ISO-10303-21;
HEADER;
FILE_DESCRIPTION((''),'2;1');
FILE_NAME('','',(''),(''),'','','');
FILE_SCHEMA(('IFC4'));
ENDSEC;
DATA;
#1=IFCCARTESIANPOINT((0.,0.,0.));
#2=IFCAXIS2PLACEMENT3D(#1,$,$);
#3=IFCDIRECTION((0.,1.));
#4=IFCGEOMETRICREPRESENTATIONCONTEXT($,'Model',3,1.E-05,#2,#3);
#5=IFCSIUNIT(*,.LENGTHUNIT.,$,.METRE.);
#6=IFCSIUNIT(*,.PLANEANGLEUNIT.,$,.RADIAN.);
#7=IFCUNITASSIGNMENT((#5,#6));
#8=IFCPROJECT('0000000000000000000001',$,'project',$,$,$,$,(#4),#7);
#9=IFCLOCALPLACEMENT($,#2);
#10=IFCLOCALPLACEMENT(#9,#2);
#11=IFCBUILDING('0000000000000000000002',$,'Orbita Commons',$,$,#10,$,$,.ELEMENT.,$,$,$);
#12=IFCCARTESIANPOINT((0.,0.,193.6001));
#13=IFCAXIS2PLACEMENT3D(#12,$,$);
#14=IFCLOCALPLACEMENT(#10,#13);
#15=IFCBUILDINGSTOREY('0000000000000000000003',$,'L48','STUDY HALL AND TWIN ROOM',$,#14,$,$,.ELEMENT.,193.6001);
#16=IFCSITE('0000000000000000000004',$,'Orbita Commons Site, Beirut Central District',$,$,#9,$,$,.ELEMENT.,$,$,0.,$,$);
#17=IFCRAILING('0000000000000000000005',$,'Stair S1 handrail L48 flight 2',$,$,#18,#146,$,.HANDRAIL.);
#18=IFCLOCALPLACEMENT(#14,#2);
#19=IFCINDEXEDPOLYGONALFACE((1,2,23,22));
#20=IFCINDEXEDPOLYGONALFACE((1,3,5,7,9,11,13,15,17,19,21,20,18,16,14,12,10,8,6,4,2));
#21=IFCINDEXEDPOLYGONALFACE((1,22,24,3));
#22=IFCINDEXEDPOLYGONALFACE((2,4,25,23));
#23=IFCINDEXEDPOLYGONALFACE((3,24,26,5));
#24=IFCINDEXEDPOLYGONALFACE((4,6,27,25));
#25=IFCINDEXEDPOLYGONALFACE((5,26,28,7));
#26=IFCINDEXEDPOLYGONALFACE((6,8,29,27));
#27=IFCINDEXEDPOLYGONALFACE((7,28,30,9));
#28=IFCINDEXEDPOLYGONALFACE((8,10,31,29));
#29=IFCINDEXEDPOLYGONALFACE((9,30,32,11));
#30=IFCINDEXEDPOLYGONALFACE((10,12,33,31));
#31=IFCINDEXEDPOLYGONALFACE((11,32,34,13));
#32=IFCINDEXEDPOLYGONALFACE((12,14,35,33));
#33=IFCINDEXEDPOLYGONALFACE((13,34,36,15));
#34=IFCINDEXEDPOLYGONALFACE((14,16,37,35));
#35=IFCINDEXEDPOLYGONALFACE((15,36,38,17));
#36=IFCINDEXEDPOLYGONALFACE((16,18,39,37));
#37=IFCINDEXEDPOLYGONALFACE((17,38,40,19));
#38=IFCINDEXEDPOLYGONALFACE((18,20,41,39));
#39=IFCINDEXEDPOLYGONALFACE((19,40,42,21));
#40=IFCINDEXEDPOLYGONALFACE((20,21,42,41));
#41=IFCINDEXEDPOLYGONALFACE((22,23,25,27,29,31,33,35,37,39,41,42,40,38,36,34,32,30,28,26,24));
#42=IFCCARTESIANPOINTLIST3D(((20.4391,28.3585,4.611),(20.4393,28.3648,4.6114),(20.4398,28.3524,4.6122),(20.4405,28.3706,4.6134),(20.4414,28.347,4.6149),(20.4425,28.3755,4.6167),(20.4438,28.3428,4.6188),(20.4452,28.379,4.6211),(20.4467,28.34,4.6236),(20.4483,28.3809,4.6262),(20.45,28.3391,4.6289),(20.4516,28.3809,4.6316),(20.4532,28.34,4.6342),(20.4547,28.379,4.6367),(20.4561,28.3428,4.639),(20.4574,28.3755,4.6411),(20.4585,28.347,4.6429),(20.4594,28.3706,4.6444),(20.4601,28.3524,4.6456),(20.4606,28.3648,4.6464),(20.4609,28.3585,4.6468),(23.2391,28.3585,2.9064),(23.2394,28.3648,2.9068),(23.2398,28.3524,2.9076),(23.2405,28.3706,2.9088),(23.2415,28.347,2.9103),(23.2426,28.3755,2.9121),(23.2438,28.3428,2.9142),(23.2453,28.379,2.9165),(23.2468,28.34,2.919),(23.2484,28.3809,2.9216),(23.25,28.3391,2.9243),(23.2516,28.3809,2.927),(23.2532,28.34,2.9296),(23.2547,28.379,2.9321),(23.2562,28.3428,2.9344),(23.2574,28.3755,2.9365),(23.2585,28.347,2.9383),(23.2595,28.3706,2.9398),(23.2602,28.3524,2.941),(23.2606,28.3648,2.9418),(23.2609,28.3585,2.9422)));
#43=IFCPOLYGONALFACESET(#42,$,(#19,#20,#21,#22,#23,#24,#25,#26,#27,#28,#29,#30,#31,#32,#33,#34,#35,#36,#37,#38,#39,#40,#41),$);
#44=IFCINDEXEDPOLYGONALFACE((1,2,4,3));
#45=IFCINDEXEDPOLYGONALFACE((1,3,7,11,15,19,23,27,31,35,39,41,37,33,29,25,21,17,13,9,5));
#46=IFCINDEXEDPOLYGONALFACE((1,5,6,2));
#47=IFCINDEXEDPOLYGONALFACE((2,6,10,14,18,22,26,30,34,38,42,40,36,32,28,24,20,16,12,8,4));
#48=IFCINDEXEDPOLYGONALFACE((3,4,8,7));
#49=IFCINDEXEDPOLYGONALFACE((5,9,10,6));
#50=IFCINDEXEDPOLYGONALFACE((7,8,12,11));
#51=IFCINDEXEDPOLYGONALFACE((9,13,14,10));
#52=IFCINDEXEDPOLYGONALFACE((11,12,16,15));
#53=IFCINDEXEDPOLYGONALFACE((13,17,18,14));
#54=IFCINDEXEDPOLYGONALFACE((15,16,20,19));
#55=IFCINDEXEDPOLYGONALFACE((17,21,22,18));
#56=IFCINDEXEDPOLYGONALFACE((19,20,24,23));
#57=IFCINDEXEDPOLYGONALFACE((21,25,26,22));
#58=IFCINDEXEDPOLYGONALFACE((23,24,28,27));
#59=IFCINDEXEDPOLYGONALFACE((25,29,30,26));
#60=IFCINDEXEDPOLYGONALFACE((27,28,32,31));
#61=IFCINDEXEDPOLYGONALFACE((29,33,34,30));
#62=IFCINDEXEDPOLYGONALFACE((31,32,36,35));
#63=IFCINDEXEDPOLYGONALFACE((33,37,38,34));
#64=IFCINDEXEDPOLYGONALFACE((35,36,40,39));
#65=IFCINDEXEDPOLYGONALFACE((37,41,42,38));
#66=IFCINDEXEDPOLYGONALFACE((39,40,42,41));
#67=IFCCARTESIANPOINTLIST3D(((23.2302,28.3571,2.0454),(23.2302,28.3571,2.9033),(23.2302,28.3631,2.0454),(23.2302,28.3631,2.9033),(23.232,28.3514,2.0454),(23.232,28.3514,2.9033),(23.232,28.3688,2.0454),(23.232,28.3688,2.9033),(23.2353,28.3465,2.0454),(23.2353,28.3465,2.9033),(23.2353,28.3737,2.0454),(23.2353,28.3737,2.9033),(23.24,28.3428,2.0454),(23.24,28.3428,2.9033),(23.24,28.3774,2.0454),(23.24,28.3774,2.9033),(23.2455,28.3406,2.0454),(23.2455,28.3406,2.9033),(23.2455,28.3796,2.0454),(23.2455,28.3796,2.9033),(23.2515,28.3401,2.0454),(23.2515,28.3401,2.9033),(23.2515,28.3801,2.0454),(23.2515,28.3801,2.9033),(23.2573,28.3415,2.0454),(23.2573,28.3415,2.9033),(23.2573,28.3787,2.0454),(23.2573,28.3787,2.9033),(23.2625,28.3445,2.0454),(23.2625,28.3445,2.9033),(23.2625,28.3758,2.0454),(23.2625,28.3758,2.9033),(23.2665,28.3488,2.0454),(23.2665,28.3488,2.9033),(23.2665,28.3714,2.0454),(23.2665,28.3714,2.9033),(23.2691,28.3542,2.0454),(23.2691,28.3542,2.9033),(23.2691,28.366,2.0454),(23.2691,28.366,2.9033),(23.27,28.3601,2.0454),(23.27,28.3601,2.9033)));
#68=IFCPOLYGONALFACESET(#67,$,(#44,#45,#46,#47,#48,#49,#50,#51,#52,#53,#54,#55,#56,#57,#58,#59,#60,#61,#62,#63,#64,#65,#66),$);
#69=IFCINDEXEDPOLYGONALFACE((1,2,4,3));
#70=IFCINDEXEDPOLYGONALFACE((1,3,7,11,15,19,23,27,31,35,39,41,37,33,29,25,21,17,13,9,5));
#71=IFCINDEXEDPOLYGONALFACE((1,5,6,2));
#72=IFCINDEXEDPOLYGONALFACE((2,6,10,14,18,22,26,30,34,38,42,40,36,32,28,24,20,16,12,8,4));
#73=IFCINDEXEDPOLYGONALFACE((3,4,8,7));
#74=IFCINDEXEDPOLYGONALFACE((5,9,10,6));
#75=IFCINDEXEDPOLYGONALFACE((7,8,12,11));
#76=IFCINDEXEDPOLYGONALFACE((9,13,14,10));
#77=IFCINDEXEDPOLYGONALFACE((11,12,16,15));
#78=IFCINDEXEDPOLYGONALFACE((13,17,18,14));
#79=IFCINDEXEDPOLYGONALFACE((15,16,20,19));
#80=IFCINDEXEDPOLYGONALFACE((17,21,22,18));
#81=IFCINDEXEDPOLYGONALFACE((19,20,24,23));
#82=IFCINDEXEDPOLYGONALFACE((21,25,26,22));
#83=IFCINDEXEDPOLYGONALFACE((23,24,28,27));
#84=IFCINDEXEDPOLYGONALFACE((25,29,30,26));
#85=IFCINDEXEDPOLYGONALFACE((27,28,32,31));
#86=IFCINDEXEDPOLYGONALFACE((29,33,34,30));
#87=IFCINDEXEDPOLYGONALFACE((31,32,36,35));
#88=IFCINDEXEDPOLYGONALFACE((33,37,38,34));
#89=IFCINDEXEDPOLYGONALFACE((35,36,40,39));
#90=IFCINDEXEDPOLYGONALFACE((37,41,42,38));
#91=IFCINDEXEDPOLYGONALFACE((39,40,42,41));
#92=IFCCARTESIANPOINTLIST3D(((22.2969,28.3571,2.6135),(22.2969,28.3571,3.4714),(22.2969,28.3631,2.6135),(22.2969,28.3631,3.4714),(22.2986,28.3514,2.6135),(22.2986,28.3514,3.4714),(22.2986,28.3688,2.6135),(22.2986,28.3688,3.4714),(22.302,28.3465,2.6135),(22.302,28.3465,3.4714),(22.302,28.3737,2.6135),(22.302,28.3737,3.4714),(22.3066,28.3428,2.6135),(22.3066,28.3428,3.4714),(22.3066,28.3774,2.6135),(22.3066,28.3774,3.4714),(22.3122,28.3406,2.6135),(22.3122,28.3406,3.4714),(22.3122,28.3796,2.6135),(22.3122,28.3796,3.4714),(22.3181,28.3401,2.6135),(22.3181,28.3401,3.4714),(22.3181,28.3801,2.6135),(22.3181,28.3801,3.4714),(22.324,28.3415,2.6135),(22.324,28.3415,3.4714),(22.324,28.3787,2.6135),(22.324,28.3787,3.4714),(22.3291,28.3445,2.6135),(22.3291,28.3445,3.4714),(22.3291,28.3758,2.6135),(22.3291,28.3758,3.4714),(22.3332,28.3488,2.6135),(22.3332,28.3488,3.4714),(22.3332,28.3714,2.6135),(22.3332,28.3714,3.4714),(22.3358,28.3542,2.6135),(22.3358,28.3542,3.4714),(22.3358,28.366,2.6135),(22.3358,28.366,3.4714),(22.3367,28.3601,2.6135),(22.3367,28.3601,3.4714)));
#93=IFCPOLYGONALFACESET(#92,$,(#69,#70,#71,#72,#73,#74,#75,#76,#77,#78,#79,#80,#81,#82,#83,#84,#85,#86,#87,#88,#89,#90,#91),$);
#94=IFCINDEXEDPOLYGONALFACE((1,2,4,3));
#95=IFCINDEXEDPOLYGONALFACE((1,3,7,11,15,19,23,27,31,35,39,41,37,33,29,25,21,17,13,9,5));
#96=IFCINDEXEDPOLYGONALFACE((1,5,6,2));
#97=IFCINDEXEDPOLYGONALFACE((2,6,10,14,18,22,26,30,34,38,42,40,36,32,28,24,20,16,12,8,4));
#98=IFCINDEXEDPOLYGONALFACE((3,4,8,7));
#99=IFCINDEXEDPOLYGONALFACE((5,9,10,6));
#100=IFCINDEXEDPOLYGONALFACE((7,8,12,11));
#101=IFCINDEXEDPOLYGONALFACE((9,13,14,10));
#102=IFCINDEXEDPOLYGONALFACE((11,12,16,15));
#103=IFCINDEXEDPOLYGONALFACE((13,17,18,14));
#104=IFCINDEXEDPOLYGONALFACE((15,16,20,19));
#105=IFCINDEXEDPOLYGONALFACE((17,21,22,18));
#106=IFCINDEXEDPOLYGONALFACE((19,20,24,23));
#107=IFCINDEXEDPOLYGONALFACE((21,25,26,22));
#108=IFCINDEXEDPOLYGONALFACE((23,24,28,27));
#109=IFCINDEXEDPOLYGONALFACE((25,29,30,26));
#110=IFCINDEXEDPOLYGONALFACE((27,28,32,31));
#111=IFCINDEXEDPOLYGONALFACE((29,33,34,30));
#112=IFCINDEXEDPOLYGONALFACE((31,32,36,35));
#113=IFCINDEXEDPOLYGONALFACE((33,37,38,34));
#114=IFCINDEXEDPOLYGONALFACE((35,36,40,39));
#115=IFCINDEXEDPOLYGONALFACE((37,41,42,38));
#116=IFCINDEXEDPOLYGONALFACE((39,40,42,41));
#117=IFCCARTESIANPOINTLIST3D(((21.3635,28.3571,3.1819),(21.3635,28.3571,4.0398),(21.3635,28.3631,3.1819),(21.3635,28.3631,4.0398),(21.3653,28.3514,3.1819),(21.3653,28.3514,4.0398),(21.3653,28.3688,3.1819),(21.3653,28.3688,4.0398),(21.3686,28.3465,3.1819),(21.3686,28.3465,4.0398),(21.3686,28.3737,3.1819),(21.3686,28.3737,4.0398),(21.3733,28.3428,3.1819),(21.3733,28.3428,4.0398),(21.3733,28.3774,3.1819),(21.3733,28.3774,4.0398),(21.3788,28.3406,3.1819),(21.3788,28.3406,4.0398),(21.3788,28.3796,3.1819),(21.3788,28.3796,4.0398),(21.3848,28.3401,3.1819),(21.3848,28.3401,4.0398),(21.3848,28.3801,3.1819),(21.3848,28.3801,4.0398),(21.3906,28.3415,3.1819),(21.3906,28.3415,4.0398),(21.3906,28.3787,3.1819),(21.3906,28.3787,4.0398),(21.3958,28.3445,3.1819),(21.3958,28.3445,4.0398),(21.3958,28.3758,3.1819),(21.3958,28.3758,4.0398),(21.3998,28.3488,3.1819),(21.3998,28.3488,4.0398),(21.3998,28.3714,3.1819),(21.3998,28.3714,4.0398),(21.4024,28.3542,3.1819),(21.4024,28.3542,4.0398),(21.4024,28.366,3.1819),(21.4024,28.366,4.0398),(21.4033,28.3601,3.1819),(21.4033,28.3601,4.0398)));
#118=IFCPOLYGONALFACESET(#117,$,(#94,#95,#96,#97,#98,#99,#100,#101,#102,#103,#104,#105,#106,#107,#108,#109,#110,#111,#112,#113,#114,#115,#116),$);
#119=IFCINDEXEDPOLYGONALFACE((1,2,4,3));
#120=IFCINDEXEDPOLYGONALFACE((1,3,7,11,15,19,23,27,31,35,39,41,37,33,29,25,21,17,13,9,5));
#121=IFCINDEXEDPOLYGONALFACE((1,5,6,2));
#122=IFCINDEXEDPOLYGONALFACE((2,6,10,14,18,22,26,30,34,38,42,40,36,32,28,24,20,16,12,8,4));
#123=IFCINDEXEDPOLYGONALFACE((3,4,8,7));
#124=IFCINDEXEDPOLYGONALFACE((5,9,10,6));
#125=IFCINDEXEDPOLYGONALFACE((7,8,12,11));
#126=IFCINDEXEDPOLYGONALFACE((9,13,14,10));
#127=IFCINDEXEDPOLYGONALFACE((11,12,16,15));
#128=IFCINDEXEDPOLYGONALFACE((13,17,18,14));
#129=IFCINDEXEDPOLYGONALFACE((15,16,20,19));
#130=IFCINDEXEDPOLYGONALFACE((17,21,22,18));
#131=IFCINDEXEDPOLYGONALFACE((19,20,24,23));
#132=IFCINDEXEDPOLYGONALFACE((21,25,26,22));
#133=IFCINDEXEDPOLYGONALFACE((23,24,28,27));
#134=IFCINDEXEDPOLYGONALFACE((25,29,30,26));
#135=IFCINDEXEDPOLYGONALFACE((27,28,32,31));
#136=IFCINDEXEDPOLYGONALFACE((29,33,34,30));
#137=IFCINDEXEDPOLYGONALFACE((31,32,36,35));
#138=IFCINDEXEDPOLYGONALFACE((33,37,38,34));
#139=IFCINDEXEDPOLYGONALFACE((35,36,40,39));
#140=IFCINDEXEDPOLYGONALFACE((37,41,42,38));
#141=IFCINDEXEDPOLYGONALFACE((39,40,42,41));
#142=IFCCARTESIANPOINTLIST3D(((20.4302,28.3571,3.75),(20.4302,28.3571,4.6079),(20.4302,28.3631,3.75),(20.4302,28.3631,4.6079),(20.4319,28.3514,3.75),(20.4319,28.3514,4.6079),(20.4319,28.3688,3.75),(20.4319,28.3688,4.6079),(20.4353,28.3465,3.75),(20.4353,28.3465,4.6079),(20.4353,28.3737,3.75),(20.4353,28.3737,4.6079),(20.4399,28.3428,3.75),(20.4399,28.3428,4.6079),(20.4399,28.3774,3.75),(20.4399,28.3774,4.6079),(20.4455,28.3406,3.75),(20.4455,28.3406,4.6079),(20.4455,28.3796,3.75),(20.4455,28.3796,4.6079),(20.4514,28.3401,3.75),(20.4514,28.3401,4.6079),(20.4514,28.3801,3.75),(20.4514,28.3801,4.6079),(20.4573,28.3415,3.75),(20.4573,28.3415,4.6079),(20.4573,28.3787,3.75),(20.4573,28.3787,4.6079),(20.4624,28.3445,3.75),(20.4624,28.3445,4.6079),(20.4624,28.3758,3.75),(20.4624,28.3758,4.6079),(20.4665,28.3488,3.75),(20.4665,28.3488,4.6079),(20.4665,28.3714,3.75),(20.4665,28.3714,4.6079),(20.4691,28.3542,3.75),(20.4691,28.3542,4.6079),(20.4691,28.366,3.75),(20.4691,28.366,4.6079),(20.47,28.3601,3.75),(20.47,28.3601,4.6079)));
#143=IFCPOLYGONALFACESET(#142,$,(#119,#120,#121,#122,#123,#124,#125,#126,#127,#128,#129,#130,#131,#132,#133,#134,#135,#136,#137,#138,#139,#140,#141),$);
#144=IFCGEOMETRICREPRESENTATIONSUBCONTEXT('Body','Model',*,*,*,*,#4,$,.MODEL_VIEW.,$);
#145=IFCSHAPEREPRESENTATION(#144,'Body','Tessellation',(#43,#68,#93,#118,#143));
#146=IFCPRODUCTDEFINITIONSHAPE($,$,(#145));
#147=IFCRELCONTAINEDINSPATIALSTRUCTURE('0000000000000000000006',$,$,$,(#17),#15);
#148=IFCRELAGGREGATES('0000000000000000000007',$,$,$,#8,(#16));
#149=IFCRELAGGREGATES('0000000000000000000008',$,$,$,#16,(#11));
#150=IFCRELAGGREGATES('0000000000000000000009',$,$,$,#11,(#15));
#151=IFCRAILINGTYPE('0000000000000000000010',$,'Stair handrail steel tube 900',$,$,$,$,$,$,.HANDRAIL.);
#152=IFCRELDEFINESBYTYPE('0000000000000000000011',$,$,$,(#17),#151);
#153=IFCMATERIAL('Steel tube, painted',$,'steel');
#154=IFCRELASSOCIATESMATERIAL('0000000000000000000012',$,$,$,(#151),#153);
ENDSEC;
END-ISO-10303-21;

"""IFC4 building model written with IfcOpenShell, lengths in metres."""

from ifc_helpers import new_model, si_unit, direction, frame, origin, origin_2d, place, context, subcontext, project, spatial, circle, extrude, material, type_object, element, save


model = new_model("IFC4")

# Units and contexts
model_context = context("Model", 3, precision=1e-05, world=origin(), true_north=direction((0.0, 1.0)))
body_context = subcontext(model_context, "Body", "Model", "MODEL_VIEW")
ifc_project = project(units=[si_unit("LENGTHUNIT", "METRE"), si_unit("PLANEANGLEUNIT", "RADIAN")], contexts=[model_context])

# Site, building, storey
site_placement = place(None, origin())
site = spatial("IfcSite", under=ifc_project, at=site_placement, Name="Orbita Commons Site, Beirut Central District", CompositionType="ELEMENT", RefElevation=0.0)
building_placement = place(site_placement, origin())
building = spatial("IfcBuilding", under=site, at=building_placement, Name="Orbita Commons", CompositionType="ELEMENT")
storey_placement = place(building_placement, frame((0.0, 0.0, 193.6001)))
storey = spatial("IfcBuildingStorey", under=building, at=storey_placement, Name="L48", Description="STUDY HALL AND TWIN ROOM", CompositionType="ELEMENT", Elevation=193.6001)

# Railing
ifc_material_1 = material(Name="Steel tube, painted", Category="steel")
railing_type = type_object("IfcRailingType", Name="Stair handrail steel tube 900", PredefinedType="HANDRAIL", material=ifc_material_1)
railing_placement = place(storey_placement, frame((23.25, 28.3601, 2.0454)))
element("IfcRailing", 1, at=railing_placement, inside=storey, type_object=railing_type, Name="Stair S1 handrail L48 flight 2", PredefinedType="HANDRAIL", context=body_context, shape_type="SweptSolid", body=[
    extrude(circle(Radius=0.021, at=origin_2d()), frame((0.0, 0.0, 0.8789), z_axis=(-0.85417, 0.0, 0.519994), x_axis=(0.0, -1.0, 0.0)), (0.0, 0.0, 1.0), 3.2781),
    extrude(circle(Radius=0.02, at=origin_2d()), origin(), (0.0, 0.0, 1.0), 0.8579),
    extrude(circle(Radius=0.02, at=origin_2d()), frame((-0.9333, 0.0, 0.5681)), (0.0, 0.0, 1.0), 0.8579),
    extrude(circle(Radius=0.02, at=origin_2d()), frame((-1.8667, 0.0, 1.1365)), (0.0, 0.0, 1.0), 0.8579),
    extrude(circle(Radius=0.02, at=origin_2d()), frame((-2.8, 0.0, 1.7046)), (0.0, 0.0, 1.0), 0.8579),
])

save(model, "model.ifc")
